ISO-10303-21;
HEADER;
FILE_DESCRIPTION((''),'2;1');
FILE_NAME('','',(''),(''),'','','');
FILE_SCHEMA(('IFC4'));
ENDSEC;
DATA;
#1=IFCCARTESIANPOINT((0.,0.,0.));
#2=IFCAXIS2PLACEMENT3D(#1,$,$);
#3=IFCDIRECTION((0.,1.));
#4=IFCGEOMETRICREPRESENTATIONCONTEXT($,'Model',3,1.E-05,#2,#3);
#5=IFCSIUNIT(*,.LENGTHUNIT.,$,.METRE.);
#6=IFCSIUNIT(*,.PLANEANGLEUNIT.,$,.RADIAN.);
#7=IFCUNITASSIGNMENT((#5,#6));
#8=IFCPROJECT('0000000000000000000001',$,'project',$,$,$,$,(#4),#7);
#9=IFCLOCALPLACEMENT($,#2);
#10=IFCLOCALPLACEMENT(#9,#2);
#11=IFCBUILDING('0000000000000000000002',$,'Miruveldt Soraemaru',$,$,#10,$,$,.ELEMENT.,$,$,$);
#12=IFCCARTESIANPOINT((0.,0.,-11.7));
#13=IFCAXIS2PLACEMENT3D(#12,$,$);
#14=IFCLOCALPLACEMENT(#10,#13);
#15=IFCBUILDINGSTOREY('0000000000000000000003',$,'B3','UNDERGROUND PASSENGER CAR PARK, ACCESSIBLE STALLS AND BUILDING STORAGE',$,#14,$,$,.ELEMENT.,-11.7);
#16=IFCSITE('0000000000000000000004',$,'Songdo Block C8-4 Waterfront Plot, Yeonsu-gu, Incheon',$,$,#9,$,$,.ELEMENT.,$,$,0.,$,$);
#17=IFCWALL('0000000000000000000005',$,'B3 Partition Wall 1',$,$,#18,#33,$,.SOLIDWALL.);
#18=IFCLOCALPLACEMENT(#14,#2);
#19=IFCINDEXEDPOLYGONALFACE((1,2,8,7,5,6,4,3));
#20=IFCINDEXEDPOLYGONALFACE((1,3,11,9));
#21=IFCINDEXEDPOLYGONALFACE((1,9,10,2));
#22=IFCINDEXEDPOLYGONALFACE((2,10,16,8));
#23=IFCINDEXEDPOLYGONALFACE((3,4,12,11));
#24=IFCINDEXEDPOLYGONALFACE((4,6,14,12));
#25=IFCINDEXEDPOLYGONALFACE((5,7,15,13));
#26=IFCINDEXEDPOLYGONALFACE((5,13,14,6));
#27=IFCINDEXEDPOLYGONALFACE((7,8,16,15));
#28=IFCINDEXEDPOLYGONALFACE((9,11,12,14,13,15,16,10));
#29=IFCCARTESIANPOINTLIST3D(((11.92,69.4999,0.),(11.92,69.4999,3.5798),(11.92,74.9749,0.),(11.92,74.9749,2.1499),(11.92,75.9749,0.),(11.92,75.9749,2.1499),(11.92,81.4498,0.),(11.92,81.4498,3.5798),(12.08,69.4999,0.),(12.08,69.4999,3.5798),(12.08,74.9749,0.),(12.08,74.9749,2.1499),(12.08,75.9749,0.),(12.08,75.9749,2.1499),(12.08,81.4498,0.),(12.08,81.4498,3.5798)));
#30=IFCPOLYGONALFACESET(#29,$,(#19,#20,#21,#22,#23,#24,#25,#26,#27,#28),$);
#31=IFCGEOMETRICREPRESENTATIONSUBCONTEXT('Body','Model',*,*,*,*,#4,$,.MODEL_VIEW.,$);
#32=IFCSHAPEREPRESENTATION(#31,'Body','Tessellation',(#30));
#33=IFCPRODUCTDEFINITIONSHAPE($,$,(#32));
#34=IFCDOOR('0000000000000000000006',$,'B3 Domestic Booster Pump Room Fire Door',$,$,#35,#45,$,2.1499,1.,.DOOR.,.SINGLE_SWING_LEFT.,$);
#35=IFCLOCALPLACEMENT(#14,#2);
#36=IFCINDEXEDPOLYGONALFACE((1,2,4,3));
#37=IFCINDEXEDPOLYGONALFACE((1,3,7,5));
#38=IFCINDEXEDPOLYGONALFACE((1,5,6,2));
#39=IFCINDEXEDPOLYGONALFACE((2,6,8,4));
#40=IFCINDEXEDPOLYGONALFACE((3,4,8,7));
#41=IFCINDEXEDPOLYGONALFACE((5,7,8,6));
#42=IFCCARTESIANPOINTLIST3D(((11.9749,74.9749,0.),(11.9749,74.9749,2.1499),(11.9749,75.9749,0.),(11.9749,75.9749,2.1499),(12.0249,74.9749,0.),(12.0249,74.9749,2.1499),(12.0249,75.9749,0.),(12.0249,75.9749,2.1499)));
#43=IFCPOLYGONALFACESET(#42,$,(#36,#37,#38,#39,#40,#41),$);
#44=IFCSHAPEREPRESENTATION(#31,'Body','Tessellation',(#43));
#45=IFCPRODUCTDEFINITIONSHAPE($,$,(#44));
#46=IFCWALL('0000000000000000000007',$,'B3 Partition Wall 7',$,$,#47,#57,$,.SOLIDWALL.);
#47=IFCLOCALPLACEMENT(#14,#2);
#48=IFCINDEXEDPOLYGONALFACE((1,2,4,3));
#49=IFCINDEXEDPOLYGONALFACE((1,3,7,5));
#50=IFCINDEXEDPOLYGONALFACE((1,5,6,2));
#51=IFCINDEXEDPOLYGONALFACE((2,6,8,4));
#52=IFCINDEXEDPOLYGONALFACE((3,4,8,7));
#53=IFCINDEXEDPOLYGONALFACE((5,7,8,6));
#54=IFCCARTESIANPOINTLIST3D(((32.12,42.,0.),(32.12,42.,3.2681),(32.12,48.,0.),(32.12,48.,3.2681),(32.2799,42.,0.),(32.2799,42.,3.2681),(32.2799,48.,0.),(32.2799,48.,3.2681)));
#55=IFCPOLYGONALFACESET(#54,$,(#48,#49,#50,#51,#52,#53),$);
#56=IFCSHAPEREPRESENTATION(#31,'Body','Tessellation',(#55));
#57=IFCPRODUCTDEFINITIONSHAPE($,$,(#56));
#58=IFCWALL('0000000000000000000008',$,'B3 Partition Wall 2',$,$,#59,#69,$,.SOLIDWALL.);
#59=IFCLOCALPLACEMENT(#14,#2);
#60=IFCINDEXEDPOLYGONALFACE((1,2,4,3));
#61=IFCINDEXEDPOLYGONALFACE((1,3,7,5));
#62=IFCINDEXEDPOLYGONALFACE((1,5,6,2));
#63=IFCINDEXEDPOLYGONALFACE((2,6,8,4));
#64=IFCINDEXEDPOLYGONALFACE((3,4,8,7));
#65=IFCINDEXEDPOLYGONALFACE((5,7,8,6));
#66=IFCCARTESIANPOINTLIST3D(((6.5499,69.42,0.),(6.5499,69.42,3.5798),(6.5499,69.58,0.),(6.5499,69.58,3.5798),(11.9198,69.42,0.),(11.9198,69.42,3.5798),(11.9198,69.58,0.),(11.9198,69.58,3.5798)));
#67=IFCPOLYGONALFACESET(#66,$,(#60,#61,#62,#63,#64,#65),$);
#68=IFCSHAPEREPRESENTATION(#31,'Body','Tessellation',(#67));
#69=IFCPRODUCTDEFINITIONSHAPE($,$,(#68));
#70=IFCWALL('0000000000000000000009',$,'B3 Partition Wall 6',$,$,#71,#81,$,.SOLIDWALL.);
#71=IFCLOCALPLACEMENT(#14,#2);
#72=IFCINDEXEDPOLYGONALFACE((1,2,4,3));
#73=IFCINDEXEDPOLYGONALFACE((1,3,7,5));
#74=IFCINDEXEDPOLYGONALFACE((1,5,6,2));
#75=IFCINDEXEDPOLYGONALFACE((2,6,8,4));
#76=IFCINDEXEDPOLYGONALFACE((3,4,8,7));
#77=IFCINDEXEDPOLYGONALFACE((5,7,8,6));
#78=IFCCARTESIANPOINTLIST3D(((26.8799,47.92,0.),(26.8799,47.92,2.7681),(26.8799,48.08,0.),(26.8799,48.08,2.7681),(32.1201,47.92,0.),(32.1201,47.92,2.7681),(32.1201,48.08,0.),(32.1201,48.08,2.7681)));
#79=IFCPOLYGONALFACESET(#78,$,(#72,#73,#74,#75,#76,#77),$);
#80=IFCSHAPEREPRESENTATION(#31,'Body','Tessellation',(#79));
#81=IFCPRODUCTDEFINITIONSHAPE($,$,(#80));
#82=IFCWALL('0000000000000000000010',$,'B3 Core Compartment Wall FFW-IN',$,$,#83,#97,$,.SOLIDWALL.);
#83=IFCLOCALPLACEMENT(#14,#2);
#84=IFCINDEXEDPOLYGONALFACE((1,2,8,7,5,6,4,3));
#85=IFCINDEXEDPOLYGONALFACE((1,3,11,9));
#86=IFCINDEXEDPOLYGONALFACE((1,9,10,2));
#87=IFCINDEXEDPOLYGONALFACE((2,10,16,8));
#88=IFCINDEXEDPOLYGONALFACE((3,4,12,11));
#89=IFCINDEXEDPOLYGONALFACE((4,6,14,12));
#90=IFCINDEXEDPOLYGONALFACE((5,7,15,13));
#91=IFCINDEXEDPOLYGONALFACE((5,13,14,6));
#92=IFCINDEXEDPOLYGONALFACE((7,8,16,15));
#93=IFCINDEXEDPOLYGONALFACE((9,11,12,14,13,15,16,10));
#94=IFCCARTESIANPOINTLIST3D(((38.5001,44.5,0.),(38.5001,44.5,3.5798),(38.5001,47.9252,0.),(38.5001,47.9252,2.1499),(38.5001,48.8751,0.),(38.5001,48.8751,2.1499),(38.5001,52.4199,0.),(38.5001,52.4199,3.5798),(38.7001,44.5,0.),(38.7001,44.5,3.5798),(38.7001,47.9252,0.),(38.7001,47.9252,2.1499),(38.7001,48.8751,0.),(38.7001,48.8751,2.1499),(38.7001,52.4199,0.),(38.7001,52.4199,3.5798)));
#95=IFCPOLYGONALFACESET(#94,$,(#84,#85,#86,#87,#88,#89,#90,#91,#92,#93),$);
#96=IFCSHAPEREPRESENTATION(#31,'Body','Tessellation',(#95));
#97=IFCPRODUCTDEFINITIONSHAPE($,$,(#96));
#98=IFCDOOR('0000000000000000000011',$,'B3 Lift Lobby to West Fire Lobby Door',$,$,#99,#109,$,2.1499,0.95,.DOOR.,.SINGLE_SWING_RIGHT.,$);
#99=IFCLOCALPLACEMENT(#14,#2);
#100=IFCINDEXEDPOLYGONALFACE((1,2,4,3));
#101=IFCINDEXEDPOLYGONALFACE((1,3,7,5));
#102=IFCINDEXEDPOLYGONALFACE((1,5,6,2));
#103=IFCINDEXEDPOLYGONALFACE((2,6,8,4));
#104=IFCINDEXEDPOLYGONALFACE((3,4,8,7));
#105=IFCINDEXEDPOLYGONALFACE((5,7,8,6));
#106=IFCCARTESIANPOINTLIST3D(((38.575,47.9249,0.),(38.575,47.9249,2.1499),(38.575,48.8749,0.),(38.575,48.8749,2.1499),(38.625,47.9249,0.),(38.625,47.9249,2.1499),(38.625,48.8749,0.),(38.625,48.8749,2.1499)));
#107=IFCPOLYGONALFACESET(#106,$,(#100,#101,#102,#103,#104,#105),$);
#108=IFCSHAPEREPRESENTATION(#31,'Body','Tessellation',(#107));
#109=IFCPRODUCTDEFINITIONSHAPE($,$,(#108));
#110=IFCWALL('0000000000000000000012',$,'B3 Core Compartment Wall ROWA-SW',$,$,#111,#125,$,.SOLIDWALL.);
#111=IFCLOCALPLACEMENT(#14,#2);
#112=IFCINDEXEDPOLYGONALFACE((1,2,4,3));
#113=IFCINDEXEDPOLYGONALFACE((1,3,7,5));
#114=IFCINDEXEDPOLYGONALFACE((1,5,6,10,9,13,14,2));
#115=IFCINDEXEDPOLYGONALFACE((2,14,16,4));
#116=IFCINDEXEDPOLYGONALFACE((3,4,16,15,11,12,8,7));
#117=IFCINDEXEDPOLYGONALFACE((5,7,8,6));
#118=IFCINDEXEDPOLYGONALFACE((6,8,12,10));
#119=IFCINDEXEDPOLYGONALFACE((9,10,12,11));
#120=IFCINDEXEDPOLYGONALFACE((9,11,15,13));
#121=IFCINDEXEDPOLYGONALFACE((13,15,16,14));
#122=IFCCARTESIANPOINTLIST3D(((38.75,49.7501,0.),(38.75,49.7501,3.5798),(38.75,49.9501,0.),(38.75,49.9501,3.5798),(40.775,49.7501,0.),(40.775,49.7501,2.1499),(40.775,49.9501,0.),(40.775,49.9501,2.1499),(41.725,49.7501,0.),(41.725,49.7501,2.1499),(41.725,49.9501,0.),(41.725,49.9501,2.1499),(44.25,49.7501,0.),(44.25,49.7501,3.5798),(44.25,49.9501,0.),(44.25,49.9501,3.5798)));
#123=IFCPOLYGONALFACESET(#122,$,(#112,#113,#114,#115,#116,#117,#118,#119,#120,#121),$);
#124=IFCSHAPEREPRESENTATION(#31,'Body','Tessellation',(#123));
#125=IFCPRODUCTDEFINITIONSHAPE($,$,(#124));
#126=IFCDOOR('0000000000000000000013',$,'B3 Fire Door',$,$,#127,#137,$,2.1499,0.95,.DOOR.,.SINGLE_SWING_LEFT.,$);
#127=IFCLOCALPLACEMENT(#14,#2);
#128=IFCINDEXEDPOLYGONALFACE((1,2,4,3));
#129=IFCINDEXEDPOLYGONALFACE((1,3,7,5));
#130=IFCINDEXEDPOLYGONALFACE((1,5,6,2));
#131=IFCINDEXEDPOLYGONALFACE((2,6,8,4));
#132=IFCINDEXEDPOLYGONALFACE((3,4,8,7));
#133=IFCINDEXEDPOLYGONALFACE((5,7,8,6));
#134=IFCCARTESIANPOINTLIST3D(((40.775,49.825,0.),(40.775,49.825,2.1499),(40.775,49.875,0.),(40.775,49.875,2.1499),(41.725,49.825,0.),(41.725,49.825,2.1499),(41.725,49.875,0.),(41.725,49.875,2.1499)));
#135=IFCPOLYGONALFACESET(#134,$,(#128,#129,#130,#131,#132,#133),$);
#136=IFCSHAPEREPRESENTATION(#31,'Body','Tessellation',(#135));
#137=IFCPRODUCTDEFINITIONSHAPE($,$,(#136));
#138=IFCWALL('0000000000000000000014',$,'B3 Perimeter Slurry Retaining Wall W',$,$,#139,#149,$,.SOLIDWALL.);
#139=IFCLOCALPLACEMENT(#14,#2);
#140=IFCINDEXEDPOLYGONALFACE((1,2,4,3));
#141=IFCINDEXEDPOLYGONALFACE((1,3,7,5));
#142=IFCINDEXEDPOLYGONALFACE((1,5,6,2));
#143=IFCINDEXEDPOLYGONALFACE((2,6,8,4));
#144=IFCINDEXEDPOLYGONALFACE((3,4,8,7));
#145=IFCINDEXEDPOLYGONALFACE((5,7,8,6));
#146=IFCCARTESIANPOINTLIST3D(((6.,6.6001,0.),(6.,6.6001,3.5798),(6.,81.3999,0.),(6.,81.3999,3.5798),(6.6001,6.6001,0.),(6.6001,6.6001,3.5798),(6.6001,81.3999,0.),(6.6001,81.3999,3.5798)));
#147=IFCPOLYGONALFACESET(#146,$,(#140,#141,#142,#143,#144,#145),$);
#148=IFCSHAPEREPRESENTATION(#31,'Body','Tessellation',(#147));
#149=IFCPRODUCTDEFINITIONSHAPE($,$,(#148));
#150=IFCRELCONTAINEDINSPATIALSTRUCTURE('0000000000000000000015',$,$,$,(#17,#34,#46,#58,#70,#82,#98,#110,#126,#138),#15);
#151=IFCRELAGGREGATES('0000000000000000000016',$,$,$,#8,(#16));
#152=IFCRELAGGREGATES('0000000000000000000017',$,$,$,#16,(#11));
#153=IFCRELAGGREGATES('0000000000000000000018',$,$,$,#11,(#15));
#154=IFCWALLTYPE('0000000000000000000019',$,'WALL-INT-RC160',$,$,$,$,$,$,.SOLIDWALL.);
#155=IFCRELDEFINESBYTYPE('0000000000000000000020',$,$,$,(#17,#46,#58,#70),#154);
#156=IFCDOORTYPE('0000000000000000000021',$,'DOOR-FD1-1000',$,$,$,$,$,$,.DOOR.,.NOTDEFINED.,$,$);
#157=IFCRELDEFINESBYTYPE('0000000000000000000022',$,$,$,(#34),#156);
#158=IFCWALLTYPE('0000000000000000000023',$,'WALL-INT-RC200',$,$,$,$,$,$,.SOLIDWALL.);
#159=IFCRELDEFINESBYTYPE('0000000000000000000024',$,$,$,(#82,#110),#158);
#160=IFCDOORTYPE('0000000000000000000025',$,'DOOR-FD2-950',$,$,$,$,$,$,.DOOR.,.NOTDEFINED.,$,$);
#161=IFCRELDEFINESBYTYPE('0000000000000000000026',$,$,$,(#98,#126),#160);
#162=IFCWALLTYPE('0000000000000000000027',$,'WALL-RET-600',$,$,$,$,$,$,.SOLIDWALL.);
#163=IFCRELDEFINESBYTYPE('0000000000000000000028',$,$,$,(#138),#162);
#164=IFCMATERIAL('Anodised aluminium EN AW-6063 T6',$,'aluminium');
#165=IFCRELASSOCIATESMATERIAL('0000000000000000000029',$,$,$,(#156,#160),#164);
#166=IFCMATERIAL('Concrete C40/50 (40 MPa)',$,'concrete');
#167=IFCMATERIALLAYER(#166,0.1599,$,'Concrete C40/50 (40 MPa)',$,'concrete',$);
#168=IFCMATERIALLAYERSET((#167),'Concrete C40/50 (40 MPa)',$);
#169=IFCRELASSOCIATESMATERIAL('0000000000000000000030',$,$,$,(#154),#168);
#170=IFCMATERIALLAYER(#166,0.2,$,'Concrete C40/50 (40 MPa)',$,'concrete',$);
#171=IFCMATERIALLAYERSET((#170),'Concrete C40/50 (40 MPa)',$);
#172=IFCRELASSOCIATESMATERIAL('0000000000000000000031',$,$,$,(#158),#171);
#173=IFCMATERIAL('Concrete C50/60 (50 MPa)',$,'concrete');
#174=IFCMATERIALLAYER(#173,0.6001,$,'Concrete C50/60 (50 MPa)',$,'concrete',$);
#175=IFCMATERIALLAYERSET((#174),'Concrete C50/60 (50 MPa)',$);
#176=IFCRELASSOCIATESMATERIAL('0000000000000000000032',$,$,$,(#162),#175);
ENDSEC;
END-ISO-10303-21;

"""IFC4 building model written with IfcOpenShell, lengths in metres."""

from ifc_helpers import new_model, si_unit, direction, frame, frame_2d, origin, place, context, subcontext, project, spatial, rectangle, extrude, material, layer, layer_set, type_object, element, fill, save


model = new_model("IFC4")

# Units and contexts
model_context = context("Model", 3, precision=1e-05, world=origin(), true_north=direction((0.0, 1.0)))
body_context = subcontext(model_context, "Body", "Model", "MODEL_VIEW")
ifc_project = project(units=[si_unit("LENGTHUNIT", "METRE"), si_unit("PLANEANGLEUNIT", "RADIAN")], contexts=[model_context])

# Site, building, storey
site_placement = place(None, origin())
site = spatial("IfcSite", under=ifc_project, at=site_placement, Name="Songdo Block C8-4 Waterfront Plot, Yeonsu-gu, Incheon", CompositionType="ELEMENT", RefElevation=0.0)
building_placement = place(site_placement, origin())
building = spatial("IfcBuilding", under=site, at=building_placement, Name="Miruveldt Soraemaru", CompositionType="ELEMENT")
storey_placement = place(building_placement, frame((0.0, 0.0, -11.7)))
storey = spatial("IfcBuildingStorey", under=building, at=storey_placement, Name="B3", Description="UNDERGROUND PASSENGER CAR PARK, ACCESSIBLE STALLS AND BUILDING STORAGE", CompositionType="ELEMENT", Elevation=-11.7)

# Shared definitions
ifc_material_1 = material(Name="Concrete C50/60 (50 MPa)", Category="concrete")
ifc_material_2 = material(Name="Anodised aluminium EN AW-6063 T6", Category="aluminium")
door_type_1 = type_object("IfcDoorType", Name="DOOR-FD1-1000", OperationType="NOTDEFINED", PredefinedType="DOOR", material=ifc_material_2)

# Wall, opening, door
ifc_material_3 = material(Name="Concrete C40/50 (40 MPa)", Category="concrete")
ifc_layer_1 = layer(ifc_material_3, 0.1599, Name="Concrete C40/50 (40 MPa)", Category="concrete")
ifc_layer_set_1 = layer_set([ifc_layer_1], Name="Concrete C40/50 (40 MPa)")
wall_type_1 = type_object("IfcWallType", Name="WALL-INT-RC160", PredefinedType="SOLIDWALL", material=ifc_layer_set_1)
wall_1_placement = place(storey_placement, frame((12.0, 81.45, 0.0), z_axis=(0.0, 0.0, 1.0), x_axis=(0.0, -1.0, 0.0)))
wall_1 = element("IfcWall", 1, at=wall_1_placement, inside=storey, type_object=wall_type_1, Name="B3 Partition Wall 1", PredefinedType="SOLIDWALL", context=body_context, shape_type="SweptSolid", body=[
    extrude(rectangle(XDim=11.95, YDim=0.1599, at=frame_2d((5.9751, 0.0))), origin(), (0.0, 0.0, 1.0), 3.5798),
])
opening_1_placement = place(wall_1_placement, frame((5.4751, 0.0, 0.0)))
opening_1 = element("IfcOpeningElement", 2, at=opening_1_placement, cuts=wall_1, PredefinedType="OPENING", context=body_context, shape_type="SweptSolid", body=[
    extrude(rectangle(XDim=1.0, YDim=2.1499, at=frame_2d((0.5, 1.075))), frame((0.0, 0.0898, 0.0), z_axis=(0.0, -1.0, 0.0), x_axis=(1.0, 0.0, 0.0)), (0.0, 0.0, 1.0), 0.1799),
])
door_1_placement = place(opening_1_placement, origin())
door_1 = element("IfcDoor", 3, at=door_1_placement, inside=storey, type_object=door_type_1, Name="B3 Domestic Booster Pump Room Fire Door", OperationType="SINGLE_SWING_LEFT", OverallHeight=2.1499, OverallWidth=1.0, PredefinedType="DOOR", context=body_context, shape_type="SweptSolid", body=[
    extrude(rectangle(XDim=1.0, YDim=2.1499, at=frame_2d((0.5, 1.075))), frame((0.0, 0.0249, 0.0), z_axis=(0.0, -1.0, 0.0), x_axis=(1.0, 0.0, 0.0)), (0.0, 0.0, 1.0), 0.05),
])
fill(opening_1, door_1)

# Walls
wall_2_placement = place(storey_placement, frame((32.2, 48.0, 0.0), z_axis=(0.0, 0.0, 1.0), x_axis=(0.0, -1.0, 0.0)))
element("IfcWall", 4, at=wall_2_placement, inside=storey, type_object=wall_type_1, Name="B3 Partition Wall 7", PredefinedType="SOLIDWALL", context=body_context, shape_type="SweptSolid", body=[
    extrude(rectangle(XDim=6.0, YDim=0.1599, at=frame_2d((3.0, 0.0))), origin(), (0.0, 0.0, 1.0), 3.2681),
])
wall_3_placement = place(storey_placement, frame((11.9199, 69.5, 0.0), z_axis=(0.0, 0.0, 1.0), x_axis=(-1.0, 0.0, 0.0)))
element("IfcWall", 5, at=wall_3_placement, inside=storey, type_object=wall_type_1, Name="B3 Partition Wall 2", PredefinedType="SOLIDWALL", context=body_context, shape_type="SweptSolid", body=[
    extrude(rectangle(XDim=5.3699, YDim=0.1599, at=frame_2d((2.6851, 0.0))), origin(), (0.0, 0.0, 1.0), 3.5798),
])
wall_4_placement = place(storey_placement, frame((26.8799, 48.0, 0.0), z_axis=(0.0, 0.0, 1.0), x_axis=(1.0, 0.0, 0.0)))
element("IfcWall", 6, at=wall_4_placement, inside=storey, type_object=wall_type_1, Name="B3 Partition Wall 6", PredefinedType="SOLIDWALL", context=body_context, shape_type="SweptSolid", body=[
    extrude(rectangle(XDim=5.2402, YDim=0.1599, at=frame_2d((2.6201, 0.0))), origin(), (0.0, 0.0, 1.0), 2.7681),
])

# Walls, openings, doors
ifc_layer_2 = layer(ifc_material_3, 0.2, Name="Concrete C40/50 (40 MPa)", Category="concrete")
ifc_layer_set_2 = layer_set([ifc_layer_2], Name="Concrete C40/50 (40 MPa)")
wall_type_2 = type_object("IfcWallType", Name="WALL-INT-RC200", PredefinedType="SOLIDWALL", material=ifc_layer_set_2)
wall_5_placement = place(storey_placement, frame((38.6001, 44.5, 0.0), z_axis=(0.0, 0.0, 1.0), x_axis=(0.0, 1.0, 0.0)))
wall_5 = element("IfcWall", 7, at=wall_5_placement, inside=storey, type_object=wall_type_2, Name="B3 Core Compartment Wall FFW-IN", PredefinedType="SOLIDWALL", context=body_context, shape_type="SweptSolid", body=[
    extrude(rectangle(XDim=7.9199, YDim=0.2, at=frame_2d((3.96, 0.0))), origin(), (0.0, 0.0, 1.0), 3.5798),
])
opening_2_placement = place(wall_5_placement, frame((3.425, 0.0, 0.0)))
opening_2 = element("IfcOpeningElement", 8, at=opening_2_placement, cuts=wall_5, PredefinedType="OPENING", context=body_context, shape_type="SweptSolid", body=[
    extrude(rectangle(XDim=0.95, YDim=2.1499, at=frame_2d((0.4751, 1.075))), frame((0.0, 0.1099, 0.0), z_axis=(0.0, -1.0, 0.0), x_axis=(1.0, 0.0, 0.0)), (0.0, 0.0, 1.0), 0.22),
])
door_type_2 = type_object("IfcDoorType", Name="DOOR-FD2-950", OperationType="NOTDEFINED", PredefinedType="DOOR", material=ifc_material_2)
door_2_placement = place(opening_2_placement, frame((0.95, 0.0, 0.0), z_axis=(0.0, 0.0, 1.0), x_axis=(-1.0, 0.0, 0.0)))
door_2 = element("IfcDoor", 9, at=door_2_placement, inside=storey, type_object=door_type_2, Name="B3 Lift Lobby to West Fire Lobby Door", OperationType="SINGLE_SWING_RIGHT", OverallHeight=2.1499, OverallWidth=0.95, PredefinedType="DOOR", context=body_context, shape_type="SweptSolid", body=[
    extrude(rectangle(XDim=0.95, YDim=2.1499, at=frame_2d((0.4751, 1.075))), frame((0.0, 0.0249, 0.0), z_axis=(0.0, -1.0, 0.0), x_axis=(1.0, 0.0, 0.0)), (0.0, 0.0, 1.0), 0.05),
])
fill(opening_2, door_2)
wall_6_placement = place(storey_placement, frame((38.75, 49.8501, 0.0), z_axis=(0.0, 0.0, 1.0), x_axis=(1.0, 0.0, 0.0)))
wall_6 = element("IfcWall", 10, at=wall_6_placement, inside=storey, type_object=wall_type_2, Name="B3 Core Compartment Wall ROWA-SW", PredefinedType="SOLIDWALL", context=body_context, shape_type="SweptSolid", body=[
    extrude(rectangle(XDim=5.5, YDim=0.2, at=frame_2d((2.75, 0.0))), origin(), (0.0, 0.0, 1.0), 3.5798),
])
opening_3_placement = place(wall_6_placement, frame((2.0249, 0.0, 0.0)))
opening_3 = element("IfcOpeningElement", 11, at=opening_3_placement, cuts=wall_6, PredefinedType="OPENING", context=body_context, shape_type="SweptSolid", body=[
    extrude(rectangle(XDim=0.95, YDim=2.1499, at=frame_2d((0.4751, 1.075))), frame((0.0, 0.1099, 0.0), z_axis=(0.0, -1.0, 0.0), x_axis=(1.0, 0.0, 0.0)), (0.0, 0.0, 1.0), 0.22),
])
door_3_placement = place(opening_3_placement, origin())
door_3 = element("IfcDoor", 12, at=door_3_placement, inside=storey, type_object=door_type_2, Name="B3 Fire Door", OperationType="SINGLE_SWING_LEFT", OverallHeight=2.1499, OverallWidth=0.95, PredefinedType="DOOR", context=body_context, shape_type="SweptSolid", body=[
    extrude(rectangle(XDim=0.95, YDim=2.1499, at=frame_2d((0.4751, 1.075))), frame((0.0, 0.0249, 0.0), z_axis=(0.0, -1.0, 0.0), x_axis=(1.0, 0.0, 0.0)), (0.0, 0.0, 1.0), 0.05),
])
fill(opening_3, door_3)

# Wall
ifc_layer_3 = layer(ifc_material_1, 0.6001, Name="Concrete C50/60 (50 MPa)", Category="concrete")
ifc_layer_set_3 = layer_set([ifc_layer_3], Name="Concrete C50/60 (50 MPa)")
wall_type_3 = type_object("IfcWallType", Name="WALL-RET-600", PredefinedType="SOLIDWALL", material=ifc_layer_set_3)
wall_7_placement = place(storey_placement, frame((6.3, 81.3999, 0.0), z_axis=(0.0, 0.0, 1.0), x_axis=(0.0, -1.0, 0.0)))
element("IfcWall", 13, at=wall_7_placement, inside=storey, type_object=wall_type_3, Name="B3 Perimeter Slurry Retaining Wall W", PredefinedType="SOLIDWALL", context=body_context, shape_type="SweptSolid", body=[
    extrude(rectangle(XDim=74.7998, YDim=0.6001, at=frame_2d((37.3999, 0.0))), origin(), (0.0, 0.0, 1.0), 3.5798),
])

save(model, "model.ifc")
